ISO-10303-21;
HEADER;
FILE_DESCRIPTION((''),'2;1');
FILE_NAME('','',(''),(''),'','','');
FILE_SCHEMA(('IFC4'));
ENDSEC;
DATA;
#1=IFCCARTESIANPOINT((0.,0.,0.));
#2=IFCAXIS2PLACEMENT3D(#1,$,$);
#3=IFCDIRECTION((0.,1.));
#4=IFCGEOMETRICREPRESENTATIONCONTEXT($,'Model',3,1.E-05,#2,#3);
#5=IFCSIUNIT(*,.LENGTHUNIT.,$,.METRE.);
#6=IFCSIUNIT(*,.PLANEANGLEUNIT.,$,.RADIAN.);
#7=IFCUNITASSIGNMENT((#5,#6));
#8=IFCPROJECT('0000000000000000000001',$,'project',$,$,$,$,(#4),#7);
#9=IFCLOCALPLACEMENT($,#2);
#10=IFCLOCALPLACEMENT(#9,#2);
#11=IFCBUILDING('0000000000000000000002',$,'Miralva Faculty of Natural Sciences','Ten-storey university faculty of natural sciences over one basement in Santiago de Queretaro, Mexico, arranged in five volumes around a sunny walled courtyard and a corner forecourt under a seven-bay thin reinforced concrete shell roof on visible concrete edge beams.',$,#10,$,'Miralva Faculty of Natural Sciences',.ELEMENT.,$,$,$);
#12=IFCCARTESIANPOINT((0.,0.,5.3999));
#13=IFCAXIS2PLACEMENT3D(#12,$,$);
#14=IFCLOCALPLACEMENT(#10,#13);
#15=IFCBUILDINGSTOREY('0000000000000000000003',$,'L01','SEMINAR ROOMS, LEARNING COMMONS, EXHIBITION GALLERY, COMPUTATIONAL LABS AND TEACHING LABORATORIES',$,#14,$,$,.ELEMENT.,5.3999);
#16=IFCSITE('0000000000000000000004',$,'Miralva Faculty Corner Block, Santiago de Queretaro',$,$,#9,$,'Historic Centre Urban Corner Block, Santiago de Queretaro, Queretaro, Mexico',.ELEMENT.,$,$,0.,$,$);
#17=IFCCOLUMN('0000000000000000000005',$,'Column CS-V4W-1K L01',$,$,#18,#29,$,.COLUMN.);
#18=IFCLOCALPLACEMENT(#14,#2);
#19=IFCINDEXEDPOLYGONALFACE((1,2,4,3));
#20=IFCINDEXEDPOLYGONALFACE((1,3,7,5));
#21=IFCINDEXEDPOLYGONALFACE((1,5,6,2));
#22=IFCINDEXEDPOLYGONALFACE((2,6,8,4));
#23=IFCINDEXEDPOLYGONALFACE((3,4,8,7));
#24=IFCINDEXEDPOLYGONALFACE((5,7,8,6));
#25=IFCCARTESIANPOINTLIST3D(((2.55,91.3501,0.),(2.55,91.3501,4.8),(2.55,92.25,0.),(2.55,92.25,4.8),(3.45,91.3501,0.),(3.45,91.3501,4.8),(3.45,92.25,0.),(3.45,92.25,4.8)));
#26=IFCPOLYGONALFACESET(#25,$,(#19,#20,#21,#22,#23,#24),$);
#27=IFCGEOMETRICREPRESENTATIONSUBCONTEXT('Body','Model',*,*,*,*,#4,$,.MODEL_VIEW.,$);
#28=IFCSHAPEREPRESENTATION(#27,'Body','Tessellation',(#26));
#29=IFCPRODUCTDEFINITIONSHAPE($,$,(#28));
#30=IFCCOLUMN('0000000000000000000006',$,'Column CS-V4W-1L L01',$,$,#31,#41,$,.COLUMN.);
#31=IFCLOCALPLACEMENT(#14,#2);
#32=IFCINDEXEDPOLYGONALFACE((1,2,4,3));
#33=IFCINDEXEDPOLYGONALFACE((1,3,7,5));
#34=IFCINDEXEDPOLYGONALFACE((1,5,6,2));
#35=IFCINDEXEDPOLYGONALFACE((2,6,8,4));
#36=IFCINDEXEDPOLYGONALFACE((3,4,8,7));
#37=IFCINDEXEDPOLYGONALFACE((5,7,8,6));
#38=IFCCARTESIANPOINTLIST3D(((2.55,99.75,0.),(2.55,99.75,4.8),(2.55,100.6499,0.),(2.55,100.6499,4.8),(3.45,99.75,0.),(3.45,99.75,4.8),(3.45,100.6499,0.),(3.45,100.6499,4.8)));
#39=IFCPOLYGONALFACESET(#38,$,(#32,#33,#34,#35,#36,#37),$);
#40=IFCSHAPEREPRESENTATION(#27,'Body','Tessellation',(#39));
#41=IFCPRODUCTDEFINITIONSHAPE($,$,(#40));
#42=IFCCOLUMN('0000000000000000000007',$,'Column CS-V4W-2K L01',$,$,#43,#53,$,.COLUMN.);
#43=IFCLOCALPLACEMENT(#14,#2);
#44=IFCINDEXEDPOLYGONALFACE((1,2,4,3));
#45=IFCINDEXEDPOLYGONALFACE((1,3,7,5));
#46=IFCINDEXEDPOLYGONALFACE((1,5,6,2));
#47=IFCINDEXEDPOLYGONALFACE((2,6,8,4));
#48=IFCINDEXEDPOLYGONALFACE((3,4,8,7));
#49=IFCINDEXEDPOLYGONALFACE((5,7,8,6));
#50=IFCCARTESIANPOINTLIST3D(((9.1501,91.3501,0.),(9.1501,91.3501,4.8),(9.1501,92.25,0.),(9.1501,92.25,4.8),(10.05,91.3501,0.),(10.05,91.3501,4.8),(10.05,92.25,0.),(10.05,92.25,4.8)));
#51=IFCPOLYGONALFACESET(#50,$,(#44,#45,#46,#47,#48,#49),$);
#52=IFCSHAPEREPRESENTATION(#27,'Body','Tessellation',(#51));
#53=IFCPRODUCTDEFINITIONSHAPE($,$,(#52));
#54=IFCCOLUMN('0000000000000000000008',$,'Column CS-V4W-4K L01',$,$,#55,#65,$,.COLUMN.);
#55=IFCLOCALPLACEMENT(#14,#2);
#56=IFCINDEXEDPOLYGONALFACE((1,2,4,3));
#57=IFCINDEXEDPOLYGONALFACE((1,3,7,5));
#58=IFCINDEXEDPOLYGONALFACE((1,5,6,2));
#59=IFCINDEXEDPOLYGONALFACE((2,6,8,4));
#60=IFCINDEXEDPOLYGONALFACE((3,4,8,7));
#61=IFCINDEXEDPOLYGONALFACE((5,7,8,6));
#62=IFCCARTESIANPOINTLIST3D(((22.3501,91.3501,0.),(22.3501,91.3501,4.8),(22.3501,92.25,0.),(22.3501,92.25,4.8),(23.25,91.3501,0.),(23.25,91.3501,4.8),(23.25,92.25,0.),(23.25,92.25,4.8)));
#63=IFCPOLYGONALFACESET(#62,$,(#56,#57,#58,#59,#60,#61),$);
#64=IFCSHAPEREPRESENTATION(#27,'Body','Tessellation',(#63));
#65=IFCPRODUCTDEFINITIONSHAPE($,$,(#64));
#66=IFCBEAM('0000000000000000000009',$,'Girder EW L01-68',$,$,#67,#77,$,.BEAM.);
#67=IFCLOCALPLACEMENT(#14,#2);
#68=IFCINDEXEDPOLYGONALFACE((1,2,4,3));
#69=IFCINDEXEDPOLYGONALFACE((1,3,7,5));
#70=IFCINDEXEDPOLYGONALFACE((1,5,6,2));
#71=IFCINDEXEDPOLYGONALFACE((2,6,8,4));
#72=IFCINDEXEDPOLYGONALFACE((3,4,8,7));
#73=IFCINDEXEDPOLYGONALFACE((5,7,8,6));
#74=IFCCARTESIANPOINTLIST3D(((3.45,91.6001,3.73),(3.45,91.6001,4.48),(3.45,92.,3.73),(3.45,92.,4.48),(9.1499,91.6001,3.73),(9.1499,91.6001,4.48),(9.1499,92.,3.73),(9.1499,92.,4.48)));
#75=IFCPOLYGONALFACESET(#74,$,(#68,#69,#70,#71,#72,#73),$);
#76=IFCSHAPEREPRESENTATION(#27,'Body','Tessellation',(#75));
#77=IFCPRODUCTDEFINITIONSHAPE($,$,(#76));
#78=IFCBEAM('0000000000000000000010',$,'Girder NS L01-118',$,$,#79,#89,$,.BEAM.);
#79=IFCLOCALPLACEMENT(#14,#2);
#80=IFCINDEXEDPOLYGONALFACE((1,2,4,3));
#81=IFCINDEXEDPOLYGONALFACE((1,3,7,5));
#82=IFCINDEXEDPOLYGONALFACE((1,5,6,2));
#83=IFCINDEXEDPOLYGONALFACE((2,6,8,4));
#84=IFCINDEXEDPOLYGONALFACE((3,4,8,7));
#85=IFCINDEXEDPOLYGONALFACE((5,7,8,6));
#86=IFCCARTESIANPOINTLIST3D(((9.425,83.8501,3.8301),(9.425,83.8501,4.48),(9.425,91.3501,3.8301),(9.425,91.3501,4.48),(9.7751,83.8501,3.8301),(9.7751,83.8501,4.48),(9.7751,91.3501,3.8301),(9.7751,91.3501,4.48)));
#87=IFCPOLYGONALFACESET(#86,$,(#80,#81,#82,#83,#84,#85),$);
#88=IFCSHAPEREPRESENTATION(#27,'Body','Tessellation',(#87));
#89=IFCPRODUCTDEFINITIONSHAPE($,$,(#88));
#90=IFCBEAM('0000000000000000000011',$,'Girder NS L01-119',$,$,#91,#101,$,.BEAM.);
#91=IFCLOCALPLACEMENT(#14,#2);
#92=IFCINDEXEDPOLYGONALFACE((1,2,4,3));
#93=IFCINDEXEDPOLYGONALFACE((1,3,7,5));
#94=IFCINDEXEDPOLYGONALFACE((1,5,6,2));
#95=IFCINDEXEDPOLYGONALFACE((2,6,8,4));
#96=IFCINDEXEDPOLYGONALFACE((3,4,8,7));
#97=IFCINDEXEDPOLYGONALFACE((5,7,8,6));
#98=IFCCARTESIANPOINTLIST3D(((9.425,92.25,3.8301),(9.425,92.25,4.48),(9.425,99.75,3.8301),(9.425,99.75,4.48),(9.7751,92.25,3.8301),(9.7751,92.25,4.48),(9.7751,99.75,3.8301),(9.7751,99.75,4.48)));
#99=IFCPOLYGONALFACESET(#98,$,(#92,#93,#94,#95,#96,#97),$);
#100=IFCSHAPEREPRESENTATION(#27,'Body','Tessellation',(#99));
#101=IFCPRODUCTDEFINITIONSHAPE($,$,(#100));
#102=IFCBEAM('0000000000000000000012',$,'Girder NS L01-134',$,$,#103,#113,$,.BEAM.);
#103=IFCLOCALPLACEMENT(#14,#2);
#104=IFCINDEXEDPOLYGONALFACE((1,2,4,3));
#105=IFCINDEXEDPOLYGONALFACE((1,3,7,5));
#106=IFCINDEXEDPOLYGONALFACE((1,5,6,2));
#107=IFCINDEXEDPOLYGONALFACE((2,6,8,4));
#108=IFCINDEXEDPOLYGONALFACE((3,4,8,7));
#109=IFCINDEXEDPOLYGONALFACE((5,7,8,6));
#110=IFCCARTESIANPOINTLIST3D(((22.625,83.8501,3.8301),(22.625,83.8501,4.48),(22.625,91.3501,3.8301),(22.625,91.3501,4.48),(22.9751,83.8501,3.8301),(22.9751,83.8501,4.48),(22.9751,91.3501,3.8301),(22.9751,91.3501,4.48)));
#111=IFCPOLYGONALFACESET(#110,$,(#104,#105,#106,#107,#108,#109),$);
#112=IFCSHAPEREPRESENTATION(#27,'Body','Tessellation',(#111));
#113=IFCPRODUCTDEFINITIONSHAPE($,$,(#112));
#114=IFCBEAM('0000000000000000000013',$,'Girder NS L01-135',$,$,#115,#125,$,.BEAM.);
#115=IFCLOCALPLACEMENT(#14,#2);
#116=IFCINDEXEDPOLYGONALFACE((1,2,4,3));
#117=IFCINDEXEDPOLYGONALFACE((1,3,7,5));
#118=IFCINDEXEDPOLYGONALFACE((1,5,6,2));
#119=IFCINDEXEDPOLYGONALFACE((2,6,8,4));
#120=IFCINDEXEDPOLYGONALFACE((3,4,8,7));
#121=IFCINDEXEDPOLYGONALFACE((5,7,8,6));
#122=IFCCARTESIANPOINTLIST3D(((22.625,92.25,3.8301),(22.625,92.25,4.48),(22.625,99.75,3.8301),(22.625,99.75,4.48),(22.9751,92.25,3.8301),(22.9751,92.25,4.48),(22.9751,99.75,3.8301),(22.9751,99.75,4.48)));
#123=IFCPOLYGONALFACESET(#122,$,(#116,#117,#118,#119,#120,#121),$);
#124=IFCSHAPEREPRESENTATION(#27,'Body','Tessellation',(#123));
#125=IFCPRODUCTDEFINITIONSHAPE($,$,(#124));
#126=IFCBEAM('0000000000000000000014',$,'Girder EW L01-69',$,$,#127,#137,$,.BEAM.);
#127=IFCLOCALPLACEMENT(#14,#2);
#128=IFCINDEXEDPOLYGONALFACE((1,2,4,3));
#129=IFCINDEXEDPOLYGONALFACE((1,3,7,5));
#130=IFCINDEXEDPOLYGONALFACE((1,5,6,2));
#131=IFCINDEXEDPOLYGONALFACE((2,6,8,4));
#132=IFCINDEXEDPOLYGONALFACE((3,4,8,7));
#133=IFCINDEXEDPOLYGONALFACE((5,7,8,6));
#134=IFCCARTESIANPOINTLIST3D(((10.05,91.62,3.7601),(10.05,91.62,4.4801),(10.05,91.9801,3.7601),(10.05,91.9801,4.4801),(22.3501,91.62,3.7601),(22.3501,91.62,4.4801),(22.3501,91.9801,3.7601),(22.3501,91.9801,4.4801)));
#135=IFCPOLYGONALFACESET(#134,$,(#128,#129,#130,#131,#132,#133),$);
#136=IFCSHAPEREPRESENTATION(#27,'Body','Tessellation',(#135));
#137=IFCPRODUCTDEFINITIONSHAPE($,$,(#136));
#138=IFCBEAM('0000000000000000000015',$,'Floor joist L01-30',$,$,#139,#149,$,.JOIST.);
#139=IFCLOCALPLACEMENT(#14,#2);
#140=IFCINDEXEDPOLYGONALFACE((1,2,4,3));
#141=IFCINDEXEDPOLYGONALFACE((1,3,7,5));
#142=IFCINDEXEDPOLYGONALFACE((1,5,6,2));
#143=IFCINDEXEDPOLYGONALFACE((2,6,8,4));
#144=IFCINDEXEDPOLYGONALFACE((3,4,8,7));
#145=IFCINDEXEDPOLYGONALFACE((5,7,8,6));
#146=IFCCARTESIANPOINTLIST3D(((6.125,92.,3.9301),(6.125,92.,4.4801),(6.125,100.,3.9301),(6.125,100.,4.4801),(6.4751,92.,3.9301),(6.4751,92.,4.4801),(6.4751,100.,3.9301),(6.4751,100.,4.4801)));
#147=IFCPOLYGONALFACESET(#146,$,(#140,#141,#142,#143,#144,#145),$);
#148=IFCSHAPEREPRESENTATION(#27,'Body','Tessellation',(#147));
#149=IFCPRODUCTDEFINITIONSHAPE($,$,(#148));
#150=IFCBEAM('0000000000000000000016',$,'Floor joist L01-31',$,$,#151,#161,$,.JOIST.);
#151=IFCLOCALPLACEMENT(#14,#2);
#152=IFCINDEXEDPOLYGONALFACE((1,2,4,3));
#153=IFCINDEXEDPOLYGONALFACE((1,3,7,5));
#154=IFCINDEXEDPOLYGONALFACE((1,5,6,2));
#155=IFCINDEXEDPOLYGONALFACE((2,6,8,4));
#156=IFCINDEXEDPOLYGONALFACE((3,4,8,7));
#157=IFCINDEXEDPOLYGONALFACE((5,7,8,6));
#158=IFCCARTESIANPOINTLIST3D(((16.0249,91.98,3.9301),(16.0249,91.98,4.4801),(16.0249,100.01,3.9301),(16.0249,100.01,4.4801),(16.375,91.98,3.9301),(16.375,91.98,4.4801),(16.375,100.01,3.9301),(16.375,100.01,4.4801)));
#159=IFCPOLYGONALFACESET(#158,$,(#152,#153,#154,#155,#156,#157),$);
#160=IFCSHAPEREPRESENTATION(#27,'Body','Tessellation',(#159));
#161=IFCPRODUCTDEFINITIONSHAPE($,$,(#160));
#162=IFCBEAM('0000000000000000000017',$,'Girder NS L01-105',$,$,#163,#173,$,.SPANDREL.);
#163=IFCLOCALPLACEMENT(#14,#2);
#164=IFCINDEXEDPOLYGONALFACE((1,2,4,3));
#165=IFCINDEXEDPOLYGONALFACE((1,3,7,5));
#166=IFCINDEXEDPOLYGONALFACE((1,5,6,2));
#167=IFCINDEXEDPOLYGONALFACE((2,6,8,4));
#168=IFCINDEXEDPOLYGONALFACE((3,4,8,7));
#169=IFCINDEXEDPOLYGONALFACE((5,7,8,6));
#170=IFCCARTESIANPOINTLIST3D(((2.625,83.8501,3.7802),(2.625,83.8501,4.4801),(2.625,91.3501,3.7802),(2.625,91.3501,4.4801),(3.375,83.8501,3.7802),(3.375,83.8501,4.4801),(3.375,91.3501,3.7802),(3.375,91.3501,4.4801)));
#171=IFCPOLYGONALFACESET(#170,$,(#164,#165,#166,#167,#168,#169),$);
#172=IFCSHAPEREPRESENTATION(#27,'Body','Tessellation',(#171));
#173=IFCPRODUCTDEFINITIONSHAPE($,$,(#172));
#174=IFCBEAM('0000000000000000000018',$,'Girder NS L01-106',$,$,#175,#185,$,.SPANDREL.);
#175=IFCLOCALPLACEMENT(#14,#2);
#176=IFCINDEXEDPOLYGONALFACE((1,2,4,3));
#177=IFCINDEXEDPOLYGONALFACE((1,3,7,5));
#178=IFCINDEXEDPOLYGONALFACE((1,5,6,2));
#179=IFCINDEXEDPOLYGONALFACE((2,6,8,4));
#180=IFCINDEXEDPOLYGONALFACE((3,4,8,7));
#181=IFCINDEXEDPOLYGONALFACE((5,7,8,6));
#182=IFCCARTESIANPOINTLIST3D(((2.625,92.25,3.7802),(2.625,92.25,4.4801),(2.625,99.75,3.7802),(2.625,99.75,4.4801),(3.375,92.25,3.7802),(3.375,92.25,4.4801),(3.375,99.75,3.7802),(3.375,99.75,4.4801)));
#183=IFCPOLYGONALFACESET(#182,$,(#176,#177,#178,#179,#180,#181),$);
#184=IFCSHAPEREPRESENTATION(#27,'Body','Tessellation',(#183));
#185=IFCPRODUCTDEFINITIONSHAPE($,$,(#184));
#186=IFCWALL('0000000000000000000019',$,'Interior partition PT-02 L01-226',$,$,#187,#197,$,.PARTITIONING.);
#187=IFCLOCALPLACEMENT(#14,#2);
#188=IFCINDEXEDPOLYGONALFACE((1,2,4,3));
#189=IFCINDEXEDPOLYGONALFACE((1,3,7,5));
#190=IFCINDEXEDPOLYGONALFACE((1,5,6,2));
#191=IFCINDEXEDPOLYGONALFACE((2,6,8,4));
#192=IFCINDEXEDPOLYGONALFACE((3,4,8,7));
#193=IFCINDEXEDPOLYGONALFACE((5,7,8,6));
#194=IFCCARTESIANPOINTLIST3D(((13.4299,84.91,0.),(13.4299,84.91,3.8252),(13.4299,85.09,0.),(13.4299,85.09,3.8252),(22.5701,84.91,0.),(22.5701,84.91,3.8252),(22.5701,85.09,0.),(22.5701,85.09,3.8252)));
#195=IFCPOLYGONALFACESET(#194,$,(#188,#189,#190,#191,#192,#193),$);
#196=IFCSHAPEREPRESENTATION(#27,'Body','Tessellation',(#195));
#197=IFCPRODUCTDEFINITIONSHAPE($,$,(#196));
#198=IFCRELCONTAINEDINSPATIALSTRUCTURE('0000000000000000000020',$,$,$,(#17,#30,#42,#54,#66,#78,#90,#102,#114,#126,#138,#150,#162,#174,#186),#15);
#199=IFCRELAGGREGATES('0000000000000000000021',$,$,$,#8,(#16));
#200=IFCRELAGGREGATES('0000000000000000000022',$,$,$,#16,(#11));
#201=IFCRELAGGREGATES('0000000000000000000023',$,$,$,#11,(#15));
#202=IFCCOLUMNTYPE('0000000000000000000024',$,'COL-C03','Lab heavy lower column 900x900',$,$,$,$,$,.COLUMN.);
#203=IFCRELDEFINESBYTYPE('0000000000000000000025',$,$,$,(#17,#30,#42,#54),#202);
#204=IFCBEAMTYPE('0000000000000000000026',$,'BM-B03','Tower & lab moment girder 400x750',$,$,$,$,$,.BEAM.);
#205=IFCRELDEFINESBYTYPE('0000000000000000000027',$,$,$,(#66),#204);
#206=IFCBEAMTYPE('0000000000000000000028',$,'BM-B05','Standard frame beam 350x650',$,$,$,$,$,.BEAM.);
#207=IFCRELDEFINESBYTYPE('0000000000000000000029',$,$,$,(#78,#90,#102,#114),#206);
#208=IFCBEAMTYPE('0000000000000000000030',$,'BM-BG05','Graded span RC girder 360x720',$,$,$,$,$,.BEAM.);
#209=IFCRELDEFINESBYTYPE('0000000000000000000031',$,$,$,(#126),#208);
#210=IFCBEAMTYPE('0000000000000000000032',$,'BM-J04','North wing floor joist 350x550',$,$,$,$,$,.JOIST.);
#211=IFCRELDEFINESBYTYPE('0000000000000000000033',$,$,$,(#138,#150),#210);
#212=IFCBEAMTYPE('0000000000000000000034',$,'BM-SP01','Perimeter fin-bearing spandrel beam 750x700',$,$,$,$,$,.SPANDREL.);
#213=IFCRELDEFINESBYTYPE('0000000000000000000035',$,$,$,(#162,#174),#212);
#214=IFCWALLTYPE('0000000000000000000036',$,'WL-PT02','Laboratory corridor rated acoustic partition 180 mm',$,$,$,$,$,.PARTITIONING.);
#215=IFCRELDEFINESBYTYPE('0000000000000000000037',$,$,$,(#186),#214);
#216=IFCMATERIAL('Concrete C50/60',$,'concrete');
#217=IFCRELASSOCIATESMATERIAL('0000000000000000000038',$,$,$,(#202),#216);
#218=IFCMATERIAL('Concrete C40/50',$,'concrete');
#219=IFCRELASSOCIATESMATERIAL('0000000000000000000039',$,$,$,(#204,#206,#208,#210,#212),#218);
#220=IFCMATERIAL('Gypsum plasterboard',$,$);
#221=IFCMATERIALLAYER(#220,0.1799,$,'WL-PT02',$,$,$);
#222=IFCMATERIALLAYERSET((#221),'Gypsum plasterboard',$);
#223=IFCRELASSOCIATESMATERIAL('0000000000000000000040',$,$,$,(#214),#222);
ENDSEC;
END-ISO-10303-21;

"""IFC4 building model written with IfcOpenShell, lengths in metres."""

from ifc_helpers import new_model, si_unit, direction, frame, frame_2d, origin, origin_2d, place, context, subcontext, project, spatial, rectangle, extrude, material, layer, layer_set, material_profile, profile_set, type_object, element, save


model = new_model("IFC4")

# Units and contexts
model_context = context("Model", 3, precision=1e-05, world=origin(), true_north=direction((0.0, 1.0)))
body_context = subcontext(model_context, "Body", "Model", "MODEL_VIEW")
ifc_project = project(units=[si_unit("LENGTHUNIT", "METRE"), si_unit("PLANEANGLEUNIT", "RADIAN")], contexts=[model_context])

# Site, building, storey
site_placement = place(None, origin())
site = spatial("IfcSite", under=ifc_project, at=site_placement, Name="Miralva Faculty Corner Block, Santiago de Queretaro", LongName="Historic Centre Urban Corner Block, Santiago de Queretaro, Queretaro, Mexico", CompositionType="ELEMENT", RefElevation=0.0)
building_placement = place(site_placement, origin())
building = spatial("IfcBuilding", under=site, at=building_placement, Name="Miralva Faculty of Natural Sciences", Description="Ten-storey university faculty of natural sciences over one basement in Santiago de Queretaro, Mexico, arranged in five volumes around a sunny walled courtyard and a corner forecourt under a seven-bay thin reinforced concrete shell roof on visible concrete edge beams.", LongName="Miralva Faculty of Natural Sciences", CompositionType="ELEMENT")
storey_placement = place(building_placement, frame((0.0, 0.0, 5.3999)))
storey = spatial("IfcBuildingStorey", under=building, at=storey_placement, Name="L01", Description="SEMINAR ROOMS, LEARNING COMMONS, EXHIBITION GALLERY, COMPUTATIONAL LABS AND TEACHING LABORATORIES", CompositionType="ELEMENT", Elevation=5.3999)

# Columns
ifc_material_1 = material(Name="Concrete C50/60", Category="concrete")
ifc_material_profile_1 = material_profile(ifc_material_1, rectangle(XDim=0.8999, YDim=0.8999, at=origin_2d()), Name="RC 900x900")
ifc_profile_set_1 = profile_set([ifc_material_profile_1], Name="Concrete C50/60")
column_type = type_object("IfcColumnType", Name="COL-C03", Description="Lab heavy lower column 900x900", PredefinedType="COLUMN", material=ifc_profile_set_1)
for number, where, z_axis, x_axis, name in (
    (1, (3.0, 91.8, 0.0), (0.0, 0.0, 1.0), (1.0, 0.0, 0.0), "Column CS-V4W-1K L01"),
    (2, (3.0, 100.2, 0.0), (0.0, 0.0, 1.0), (1.0, 0.0, 0.0), "Column CS-V4W-1L L01"),
    (3, (9.6001, 91.8, 0.0), (0.0, 0.0, 1.0), (1.0, 0.0, 0.0), "Column CS-V4W-2K L01"),
    (4, (22.8, 91.8, 0.0), (0.0, 0.0, 1.0), (1.0, 0.0, 0.0), "Column CS-V4W-4K L01"),
):
    element("IfcColumn", number, at=place(storey_placement, frame(where, z_axis=z_axis, x_axis=x_axis)), inside=storey, type_object=column_type, Name=name, PredefinedType="COLUMN", context=body_context, shape_type="SweptSolid", body=[
        extrude(rectangle(XDim=0.8999, YDim=0.8999, at=origin_2d()), origin(), (0.0, 0.0, 1.0), 4.8),
    ])

# Beams
ifc_material_2 = material(Name="Concrete C40/50", Category="concrete")
ifc_material_profile_2 = material_profile(ifc_material_2, rectangle(XDim=0.3999, YDim=0.75, at=origin_2d()), Name="RC 400x750")
ifc_profile_set_2 = profile_set([ifc_material_profile_2], Name="Concrete C40/50")
beam_type_1 = type_object("IfcBeamType", Name="BM-B03", Description="Tower & lab moment girder 400x750", PredefinedType="BEAM", material=ifc_profile_set_2)
beam_1_placement = place(storey_placement, frame((3.45, 91.8, 4.105), z_axis=(1.0, 0.0, 0.0), x_axis=(0.0, 1.0, 0.0)))
element("IfcBeam", 5, at=beam_1_placement, inside=storey, type_object=beam_type_1, Name="Girder EW L01-68", PredefinedType="BEAM", context=body_context, shape_type="SweptSolid", body=[
    extrude(rectangle(XDim=0.3999, YDim=0.75, at=origin_2d()), origin(), (0.0, 0.0, 1.0), 5.7),
])
ifc_material_profile_3 = material_profile(ifc_material_2, rectangle(XDim=0.3501, YDim=0.6499, at=origin_2d()), Name="RC 350x650")
ifc_profile_set_3 = profile_set([ifc_material_profile_3], Name="Concrete C40/50")
beam_type_2 = type_object("IfcBeamType", Name="BM-B05", Description="Standard frame beam 350x650", PredefinedType="BEAM", material=ifc_profile_set_3)
for number, where, z_axis, x_axis, name in (
    (6, (9.6001, 83.8501, 4.155), (0.0, 1.0, 0.0), (-1.0, 0.0, 0.0), "Girder NS L01-118"),
    (7, (9.6001, 92.25, 4.155), (0.0, 1.0, 0.0), (-1.0, 0.0, 0.0), "Girder NS L01-119"),
    (8, (22.8, 83.8501, 4.155), (0.0, 1.0, 0.0), (-1.0, 0.0, 0.0), "Girder NS L01-134"),
    (9, (22.8, 92.25, 4.155), (0.0, 1.0, 0.0), (-1.0, 0.0, 0.0), "Girder NS L01-135"),
):
    element("IfcBeam", number, at=place(storey_placement, frame(where, z_axis=z_axis, x_axis=x_axis)), inside=storey, type_object=beam_type_2, Name=name, PredefinedType="BEAM", context=body_context, shape_type="SweptSolid", body=[
        extrude(rectangle(XDim=0.3501, YDim=0.6499, at=origin_2d()), origin(), (0.0, 0.0, 1.0), 7.5),
    ])
ifc_material_profile_4 = material_profile(ifc_material_2, rectangle(XDim=0.3601, YDim=0.72, at=origin_2d()), Name="RC 360x720")
ifc_profile_set_4 = profile_set([ifc_material_profile_4], Name="Concrete C40/50")
beam_type_3 = type_object("IfcBeamType", Name="BM-BG05", Description="Graded span RC girder 360x720", PredefinedType="BEAM", material=ifc_profile_set_4)
beam_2_placement = place(storey_placement, frame((10.05, 91.8, 4.1201), z_axis=(1.0, 0.0, 0.0), x_axis=(0.0, 1.0, 0.0)))
element("IfcBeam", 10, at=beam_2_placement, inside=storey, type_object=beam_type_3, Name="Girder EW L01-69", PredefinedType="BEAM", context=body_context, shape_type="SweptSolid", body=[
    extrude(rectangle(XDim=0.3601, YDim=0.72, at=origin_2d()), origin(), (0.0, 0.0, 1.0), 12.3),
])
ifc_material_profile_5 = material_profile(ifc_material_2, rectangle(XDim=0.3501, YDim=0.55, at=origin_2d()), Name="RC 350x550")
ifc_profile_set_5 = profile_set([ifc_material_profile_5], Name="Concrete C40/50")
beam_type_4 = type_object("IfcBeamType", Name="BM-J04", Description="North wing floor joist 350x550", PredefinedType="JOIST", material=ifc_profile_set_5)
beam_3_placement = place(storey_placement, frame((6.3, 92.0, 4.2051), z_axis=(0.0, 1.0, 0.0), x_axis=(-1.0, 0.0, 0.0)))
element("IfcBeam", 11, at=beam_3_placement, inside=storey, type_object=beam_type_4, Name="Floor joist L01-30", PredefinedType="JOIST", context=body_context, shape_type="SweptSolid", body=[
    extrude(rectangle(XDim=0.3501, YDim=0.55, at=origin_2d()), origin(), (0.0, 0.0, 1.0), 8.0),
])
beam_4_placement = place(storey_placement, frame((16.2, 91.98, 4.2051), z_axis=(0.0, 1.0, 0.0), x_axis=(-1.0, 0.0, 0.0)))
element("IfcBeam", 12, at=beam_4_placement, inside=storey, type_object=beam_type_4, Name="Floor joist L01-31", PredefinedType="JOIST", context=body_context, shape_type="SweptSolid", body=[
    extrude(rectangle(XDim=0.3501, YDim=0.55, at=origin_2d()), origin(), (0.0, 0.0, 1.0), 8.03),
])
ifc_material_profile_6 = material_profile(ifc_material_2, rectangle(XDim=0.75, YDim=0.7, at=origin_2d()), Name="RC 750x700")
ifc_profile_set_6 = profile_set([ifc_material_profile_6], Name="Concrete C40/50")
beam_type_5 = type_object("IfcBeamType", Name="BM-SP01", Description="Perimeter fin-bearing spandrel beam 750x700", PredefinedType="SPANDREL", material=ifc_profile_set_6)
for number, where, z_axis, x_axis, name in (
    (13, (3.0, 83.8501, 4.1301), (0.0, 1.0, 0.0), (-1.0, 0.0, 0.0), "Girder NS L01-105"),
    (14, (3.0, 92.25, 4.1301), (0.0, 1.0, 0.0), (-1.0, 0.0, 0.0), "Girder NS L01-106"),
):
    element("IfcBeam", number, at=place(storey_placement, frame(where, z_axis=z_axis, x_axis=x_axis)), inside=storey, type_object=beam_type_5, Name=name, PredefinedType="SPANDREL", context=body_context, shape_type="SweptSolid", body=[
        extrude(rectangle(XDim=0.75, YDim=0.7, at=origin_2d()), origin(), (0.0, 0.0, 1.0), 7.5),
    ])

# Wall
ifc_material_3 = material(Name="Gypsum plasterboard")
ifc_layer_1 = layer(ifc_material_3, 0.1799, Name="WL-PT02")
ifc_layer_set_1 = layer_set([ifc_layer_1], Name="Gypsum plasterboard")
wall_type_1 = type_object("IfcWallType", Name="WL-PT02", Description="Laboratory corridor rated acoustic partition 180 mm", PredefinedType="PARTITIONING", material=ifc_layer_set_1)
wall_1_placement = place(storey_placement, frame((13.4299, 85.0, 0.0), z_axis=(0.0, 0.0, 1.0), x_axis=(1.0, 0.0, 0.0)))
element("IfcWall", 15, at=wall_1_placement, inside=storey, type_object=wall_type_1, Name="Interior partition PT-02 L01-226", PredefinedType="PARTITIONING", context=body_context, shape_type="SweptSolid", body=[
    extrude(rectangle(XDim=9.1401, YDim=0.1799, at=frame_2d((4.5701, 0.0))), origin(), (0.0, 0.0, 1.0), 3.8252),
])

save(model, "model.ifc")
